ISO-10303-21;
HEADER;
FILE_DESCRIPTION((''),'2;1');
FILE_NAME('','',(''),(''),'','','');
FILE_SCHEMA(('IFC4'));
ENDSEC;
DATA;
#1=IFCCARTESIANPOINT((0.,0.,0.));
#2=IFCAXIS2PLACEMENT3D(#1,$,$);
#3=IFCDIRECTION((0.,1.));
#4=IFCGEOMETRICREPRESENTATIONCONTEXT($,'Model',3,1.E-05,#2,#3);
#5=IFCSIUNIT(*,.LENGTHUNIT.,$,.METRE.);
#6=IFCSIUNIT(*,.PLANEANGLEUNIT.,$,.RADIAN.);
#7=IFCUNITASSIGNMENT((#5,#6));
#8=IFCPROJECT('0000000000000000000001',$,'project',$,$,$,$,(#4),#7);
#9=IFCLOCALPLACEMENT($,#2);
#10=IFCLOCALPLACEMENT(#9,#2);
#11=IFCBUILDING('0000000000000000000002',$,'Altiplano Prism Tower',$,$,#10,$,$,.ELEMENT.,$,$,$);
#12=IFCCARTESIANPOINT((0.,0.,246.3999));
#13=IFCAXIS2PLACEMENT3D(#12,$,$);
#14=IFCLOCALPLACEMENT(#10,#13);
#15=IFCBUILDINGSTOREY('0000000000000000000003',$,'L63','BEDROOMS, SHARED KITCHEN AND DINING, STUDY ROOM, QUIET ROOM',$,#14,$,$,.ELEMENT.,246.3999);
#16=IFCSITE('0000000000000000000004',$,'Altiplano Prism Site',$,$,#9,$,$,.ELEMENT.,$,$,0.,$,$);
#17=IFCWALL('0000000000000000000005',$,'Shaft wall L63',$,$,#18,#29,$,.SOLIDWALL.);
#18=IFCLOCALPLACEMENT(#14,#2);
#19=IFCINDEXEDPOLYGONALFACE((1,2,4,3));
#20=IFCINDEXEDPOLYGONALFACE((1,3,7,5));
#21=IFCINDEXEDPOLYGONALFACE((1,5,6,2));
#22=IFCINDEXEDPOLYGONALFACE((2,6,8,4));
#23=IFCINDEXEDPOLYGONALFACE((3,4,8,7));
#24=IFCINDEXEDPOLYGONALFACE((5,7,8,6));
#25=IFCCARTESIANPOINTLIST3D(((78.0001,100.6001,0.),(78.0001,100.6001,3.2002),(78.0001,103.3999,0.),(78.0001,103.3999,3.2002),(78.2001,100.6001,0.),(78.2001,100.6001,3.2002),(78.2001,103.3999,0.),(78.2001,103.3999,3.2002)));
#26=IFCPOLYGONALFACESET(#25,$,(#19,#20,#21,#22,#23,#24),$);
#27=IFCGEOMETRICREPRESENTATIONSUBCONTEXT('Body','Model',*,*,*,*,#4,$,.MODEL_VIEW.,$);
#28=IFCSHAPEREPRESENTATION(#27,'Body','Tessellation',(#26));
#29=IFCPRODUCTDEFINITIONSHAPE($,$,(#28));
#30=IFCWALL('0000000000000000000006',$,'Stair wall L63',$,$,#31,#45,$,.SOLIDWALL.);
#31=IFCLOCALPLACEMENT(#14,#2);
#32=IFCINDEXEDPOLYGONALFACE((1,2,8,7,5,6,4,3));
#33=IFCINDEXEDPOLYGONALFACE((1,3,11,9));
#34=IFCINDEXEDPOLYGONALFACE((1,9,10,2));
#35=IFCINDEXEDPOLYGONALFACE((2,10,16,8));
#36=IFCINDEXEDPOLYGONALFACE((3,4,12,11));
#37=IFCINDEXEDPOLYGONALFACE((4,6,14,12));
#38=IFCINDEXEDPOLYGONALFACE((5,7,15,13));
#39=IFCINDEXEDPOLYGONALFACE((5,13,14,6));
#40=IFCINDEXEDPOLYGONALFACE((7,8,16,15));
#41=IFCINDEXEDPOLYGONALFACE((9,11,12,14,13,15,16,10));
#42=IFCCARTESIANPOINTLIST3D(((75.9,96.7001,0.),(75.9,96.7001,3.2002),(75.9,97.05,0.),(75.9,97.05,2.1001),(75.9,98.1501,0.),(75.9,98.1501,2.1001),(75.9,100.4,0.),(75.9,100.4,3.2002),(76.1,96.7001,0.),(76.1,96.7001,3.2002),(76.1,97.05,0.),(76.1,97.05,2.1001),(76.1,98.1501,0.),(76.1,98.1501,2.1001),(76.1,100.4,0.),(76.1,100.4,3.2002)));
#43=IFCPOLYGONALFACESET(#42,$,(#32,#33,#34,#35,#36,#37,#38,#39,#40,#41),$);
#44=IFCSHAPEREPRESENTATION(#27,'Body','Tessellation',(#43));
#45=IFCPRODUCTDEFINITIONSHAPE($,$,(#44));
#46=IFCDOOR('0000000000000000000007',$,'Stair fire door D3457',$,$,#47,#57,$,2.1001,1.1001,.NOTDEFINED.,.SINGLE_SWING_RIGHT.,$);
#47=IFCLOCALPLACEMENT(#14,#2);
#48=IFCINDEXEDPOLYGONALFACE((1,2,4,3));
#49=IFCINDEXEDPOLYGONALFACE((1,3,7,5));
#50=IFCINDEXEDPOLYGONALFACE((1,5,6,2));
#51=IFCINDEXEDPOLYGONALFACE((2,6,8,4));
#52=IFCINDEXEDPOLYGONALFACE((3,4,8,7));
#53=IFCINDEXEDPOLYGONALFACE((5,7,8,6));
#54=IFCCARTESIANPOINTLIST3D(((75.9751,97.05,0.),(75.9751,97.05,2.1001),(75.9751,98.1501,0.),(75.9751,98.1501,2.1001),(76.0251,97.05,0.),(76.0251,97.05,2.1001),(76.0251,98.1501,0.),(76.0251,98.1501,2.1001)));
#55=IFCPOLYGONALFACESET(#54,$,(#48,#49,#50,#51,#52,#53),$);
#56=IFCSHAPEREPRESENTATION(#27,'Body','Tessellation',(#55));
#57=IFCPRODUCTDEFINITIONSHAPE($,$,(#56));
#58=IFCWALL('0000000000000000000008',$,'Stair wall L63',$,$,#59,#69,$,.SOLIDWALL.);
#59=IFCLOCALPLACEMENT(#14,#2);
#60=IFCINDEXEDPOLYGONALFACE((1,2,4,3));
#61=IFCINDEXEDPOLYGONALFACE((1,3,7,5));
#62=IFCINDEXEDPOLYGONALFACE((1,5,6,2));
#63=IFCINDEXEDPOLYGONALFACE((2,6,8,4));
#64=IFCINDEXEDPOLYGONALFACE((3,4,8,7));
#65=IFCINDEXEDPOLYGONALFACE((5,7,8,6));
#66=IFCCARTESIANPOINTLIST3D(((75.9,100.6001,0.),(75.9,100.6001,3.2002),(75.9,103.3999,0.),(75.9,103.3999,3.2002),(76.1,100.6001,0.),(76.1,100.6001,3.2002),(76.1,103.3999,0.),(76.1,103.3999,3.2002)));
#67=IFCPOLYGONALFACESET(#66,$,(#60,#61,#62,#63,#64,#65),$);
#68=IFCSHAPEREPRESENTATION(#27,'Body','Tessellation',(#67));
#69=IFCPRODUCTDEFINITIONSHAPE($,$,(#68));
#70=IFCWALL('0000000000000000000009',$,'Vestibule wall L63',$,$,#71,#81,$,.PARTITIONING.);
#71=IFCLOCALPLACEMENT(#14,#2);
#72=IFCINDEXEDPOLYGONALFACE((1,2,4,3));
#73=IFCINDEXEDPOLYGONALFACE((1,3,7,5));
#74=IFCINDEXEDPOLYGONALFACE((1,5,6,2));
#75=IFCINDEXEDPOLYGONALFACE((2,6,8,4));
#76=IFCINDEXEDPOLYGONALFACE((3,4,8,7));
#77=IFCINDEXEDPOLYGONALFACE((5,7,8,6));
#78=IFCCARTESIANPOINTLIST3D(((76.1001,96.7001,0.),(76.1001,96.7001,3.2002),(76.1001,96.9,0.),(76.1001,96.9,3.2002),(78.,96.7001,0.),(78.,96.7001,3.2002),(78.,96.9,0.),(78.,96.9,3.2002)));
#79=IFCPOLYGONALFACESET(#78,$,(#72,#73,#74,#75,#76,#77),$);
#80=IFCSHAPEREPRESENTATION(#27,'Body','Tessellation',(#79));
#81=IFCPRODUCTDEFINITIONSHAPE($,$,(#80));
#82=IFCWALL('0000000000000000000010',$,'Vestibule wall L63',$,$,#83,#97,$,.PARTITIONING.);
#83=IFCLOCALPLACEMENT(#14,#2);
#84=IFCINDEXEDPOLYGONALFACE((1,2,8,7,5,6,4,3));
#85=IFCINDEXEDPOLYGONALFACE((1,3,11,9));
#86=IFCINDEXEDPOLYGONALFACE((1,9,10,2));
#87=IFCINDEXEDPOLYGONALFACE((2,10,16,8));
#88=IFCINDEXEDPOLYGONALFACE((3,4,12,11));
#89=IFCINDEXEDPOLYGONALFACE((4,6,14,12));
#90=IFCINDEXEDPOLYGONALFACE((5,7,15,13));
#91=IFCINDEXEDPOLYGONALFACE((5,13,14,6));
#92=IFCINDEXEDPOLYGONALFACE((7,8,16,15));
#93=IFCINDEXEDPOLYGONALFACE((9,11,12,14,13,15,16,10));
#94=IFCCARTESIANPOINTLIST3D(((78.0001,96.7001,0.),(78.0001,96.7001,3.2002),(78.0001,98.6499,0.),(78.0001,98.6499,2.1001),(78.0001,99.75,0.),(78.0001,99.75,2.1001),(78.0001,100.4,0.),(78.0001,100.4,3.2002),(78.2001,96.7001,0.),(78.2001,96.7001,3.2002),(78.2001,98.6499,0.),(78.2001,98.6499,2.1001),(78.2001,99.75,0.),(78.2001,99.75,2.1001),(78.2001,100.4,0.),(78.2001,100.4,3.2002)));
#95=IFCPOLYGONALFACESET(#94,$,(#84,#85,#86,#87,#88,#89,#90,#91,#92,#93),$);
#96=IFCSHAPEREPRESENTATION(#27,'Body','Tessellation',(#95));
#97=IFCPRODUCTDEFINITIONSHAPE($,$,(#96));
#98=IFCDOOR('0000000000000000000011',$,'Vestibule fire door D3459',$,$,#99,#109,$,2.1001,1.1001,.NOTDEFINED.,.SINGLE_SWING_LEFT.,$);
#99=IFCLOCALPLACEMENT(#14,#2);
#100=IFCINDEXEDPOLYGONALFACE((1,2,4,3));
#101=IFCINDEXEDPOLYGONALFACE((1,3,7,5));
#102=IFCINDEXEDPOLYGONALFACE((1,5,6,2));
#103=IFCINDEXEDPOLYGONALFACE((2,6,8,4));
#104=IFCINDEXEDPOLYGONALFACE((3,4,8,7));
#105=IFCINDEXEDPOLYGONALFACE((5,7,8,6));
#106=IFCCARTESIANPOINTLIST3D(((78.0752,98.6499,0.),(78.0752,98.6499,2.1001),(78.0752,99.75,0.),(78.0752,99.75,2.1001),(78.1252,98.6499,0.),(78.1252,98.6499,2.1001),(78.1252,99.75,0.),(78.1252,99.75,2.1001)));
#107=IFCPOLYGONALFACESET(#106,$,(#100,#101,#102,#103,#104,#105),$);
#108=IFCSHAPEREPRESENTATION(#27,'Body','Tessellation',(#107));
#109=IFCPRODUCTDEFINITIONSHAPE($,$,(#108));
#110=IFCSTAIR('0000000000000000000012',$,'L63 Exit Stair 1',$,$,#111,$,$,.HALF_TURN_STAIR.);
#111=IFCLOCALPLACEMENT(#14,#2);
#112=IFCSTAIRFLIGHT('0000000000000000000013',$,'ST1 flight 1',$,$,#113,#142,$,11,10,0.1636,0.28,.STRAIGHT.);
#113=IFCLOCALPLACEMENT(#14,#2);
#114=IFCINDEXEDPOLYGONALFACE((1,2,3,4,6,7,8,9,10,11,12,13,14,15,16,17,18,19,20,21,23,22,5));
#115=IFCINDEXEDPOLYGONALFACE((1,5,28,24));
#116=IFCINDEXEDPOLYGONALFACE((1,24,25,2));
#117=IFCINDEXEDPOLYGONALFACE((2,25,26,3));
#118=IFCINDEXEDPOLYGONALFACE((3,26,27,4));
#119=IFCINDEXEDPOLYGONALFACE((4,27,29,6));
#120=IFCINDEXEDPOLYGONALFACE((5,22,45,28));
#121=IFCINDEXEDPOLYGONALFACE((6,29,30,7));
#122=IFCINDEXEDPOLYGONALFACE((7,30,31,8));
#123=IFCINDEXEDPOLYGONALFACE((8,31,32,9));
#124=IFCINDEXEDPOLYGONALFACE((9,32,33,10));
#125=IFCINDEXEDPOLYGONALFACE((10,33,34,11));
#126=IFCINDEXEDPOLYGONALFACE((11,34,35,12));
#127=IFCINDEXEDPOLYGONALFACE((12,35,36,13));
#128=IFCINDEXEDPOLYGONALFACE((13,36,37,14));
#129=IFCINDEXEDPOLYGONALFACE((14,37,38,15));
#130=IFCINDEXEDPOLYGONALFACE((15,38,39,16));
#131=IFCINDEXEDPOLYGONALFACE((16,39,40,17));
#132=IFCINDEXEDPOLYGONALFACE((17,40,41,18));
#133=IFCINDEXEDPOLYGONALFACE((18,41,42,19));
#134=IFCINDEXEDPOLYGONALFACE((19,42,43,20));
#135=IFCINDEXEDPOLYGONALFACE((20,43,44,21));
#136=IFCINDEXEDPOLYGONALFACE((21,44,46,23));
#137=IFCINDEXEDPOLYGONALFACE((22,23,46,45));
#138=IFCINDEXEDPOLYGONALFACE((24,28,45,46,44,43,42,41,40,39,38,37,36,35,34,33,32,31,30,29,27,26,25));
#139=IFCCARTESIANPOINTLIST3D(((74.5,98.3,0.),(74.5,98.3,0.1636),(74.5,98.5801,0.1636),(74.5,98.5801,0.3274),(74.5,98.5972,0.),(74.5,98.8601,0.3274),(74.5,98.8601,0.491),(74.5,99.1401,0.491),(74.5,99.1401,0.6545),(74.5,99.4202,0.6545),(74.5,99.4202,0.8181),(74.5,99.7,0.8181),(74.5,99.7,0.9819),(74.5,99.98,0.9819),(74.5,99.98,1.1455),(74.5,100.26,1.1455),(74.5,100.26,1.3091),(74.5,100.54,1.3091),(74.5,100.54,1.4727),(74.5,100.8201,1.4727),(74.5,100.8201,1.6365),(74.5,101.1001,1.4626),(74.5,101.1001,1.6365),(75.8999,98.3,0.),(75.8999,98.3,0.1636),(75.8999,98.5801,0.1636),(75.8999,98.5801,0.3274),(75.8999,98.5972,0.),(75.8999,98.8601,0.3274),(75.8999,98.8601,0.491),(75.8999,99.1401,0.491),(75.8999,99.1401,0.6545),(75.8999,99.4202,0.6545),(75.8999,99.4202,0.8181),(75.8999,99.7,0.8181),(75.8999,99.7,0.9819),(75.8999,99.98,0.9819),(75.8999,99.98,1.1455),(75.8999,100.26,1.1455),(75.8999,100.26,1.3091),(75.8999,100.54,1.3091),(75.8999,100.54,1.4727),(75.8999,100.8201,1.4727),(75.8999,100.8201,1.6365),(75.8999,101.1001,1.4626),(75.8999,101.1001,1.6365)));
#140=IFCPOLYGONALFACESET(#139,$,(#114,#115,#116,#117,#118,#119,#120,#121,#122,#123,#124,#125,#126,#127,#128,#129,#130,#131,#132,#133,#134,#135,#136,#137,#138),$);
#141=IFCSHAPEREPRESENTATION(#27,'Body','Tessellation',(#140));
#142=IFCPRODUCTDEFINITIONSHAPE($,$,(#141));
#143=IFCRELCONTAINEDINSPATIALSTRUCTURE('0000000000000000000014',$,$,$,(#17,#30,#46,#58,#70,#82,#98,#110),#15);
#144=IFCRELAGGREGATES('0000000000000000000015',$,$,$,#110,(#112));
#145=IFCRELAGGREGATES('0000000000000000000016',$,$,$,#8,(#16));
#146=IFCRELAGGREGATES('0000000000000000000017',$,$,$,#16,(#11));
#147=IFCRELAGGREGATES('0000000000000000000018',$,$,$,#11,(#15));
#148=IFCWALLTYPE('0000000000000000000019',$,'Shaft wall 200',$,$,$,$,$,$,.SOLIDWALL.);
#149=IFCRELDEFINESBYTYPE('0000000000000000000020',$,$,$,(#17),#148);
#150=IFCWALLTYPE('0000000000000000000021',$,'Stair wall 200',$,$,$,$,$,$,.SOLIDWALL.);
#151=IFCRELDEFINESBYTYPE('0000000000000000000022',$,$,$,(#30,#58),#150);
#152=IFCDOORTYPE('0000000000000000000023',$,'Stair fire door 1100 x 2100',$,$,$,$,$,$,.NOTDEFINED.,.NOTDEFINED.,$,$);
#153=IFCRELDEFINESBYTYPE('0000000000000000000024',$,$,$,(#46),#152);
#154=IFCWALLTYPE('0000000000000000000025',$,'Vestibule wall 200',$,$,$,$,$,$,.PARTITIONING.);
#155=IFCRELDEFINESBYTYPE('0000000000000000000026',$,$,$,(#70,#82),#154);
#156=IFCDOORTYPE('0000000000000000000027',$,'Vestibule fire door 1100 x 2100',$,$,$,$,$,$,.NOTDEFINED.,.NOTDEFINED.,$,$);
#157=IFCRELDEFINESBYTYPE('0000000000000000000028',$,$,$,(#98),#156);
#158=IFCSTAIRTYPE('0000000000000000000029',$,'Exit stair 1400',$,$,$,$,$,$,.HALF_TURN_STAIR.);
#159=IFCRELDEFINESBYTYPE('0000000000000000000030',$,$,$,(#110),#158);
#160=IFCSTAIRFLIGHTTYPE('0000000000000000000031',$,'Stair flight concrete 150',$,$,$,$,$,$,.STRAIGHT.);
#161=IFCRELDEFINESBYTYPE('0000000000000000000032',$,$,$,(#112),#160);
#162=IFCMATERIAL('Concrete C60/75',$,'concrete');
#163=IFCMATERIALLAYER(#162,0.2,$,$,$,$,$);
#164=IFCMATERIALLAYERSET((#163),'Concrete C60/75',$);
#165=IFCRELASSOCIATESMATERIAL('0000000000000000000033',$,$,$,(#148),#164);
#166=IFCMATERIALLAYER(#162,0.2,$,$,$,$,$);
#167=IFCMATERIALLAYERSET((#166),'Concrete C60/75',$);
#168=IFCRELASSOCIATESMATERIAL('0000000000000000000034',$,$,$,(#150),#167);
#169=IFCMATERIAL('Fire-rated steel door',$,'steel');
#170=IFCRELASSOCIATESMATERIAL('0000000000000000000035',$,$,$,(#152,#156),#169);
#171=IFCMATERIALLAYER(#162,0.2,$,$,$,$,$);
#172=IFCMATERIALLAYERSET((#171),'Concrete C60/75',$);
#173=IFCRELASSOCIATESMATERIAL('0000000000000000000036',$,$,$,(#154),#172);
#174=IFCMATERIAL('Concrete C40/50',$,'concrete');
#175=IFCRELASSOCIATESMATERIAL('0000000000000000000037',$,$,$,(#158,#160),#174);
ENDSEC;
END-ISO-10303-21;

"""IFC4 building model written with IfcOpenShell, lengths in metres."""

from ifc_helpers import new_model, si_unit, direction, frame, frame_2d, origin, place, context, subcontext, project, spatial, polyline, rectangle, outline, extrude, material, layer, layer_set, type_object, element, fill, aggregate, save


model = new_model("IFC4")

# Units and contexts
model_context = context("Model", 3, precision=1e-05, world=origin(), true_north=direction((0.0, 1.0)))
body_context = subcontext(model_context, "Body", "Model", "MODEL_VIEW")
ifc_project = project(units=[si_unit("LENGTHUNIT", "METRE"), si_unit("PLANEANGLEUNIT", "RADIAN")], contexts=[model_context])

# Site, building, storey
site_placement = place(None, origin())
site = spatial("IfcSite", under=ifc_project, at=site_placement, Name="Altiplano Prism Site", CompositionType="ELEMENT", RefElevation=0.0)
building_placement = place(site_placement, origin())
building = spatial("IfcBuilding", under=site, at=building_placement, Name="Altiplano Prism Tower", CompositionType="ELEMENT")
storey_placement = place(building_placement, frame((0.0, 0.0, 246.3999)))
storey = spatial("IfcBuildingStorey", under=building, at=storey_placement, Name="L63", Description="BEDROOMS, SHARED KITCHEN AND DINING, STUDY ROOM, QUIET ROOM", CompositionType="ELEMENT", Elevation=246.3999)

# Wall
ifc_material_1 = material(Name="Concrete C60/75", Category="concrete")
ifc_layer_1 = layer(ifc_material_1, 0.2)
ifc_layer_set_1 = layer_set([ifc_layer_1], Name="Concrete C60/75")
wall_type_1 = type_object("IfcWallType", Name="Shaft wall 200", PredefinedType="SOLIDWALL", material=ifc_layer_set_1)
wall_1_placement = place(storey_placement, frame((78.1001, 100.6001, 0.0), z_axis=(0.0, 0.0, 1.0), x_axis=(0.0, 1.0, 0.0)))
element("IfcWall", 1, at=wall_1_placement, inside=storey, type_object=wall_type_1, Name="Shaft wall L63", PredefinedType="SOLIDWALL", context=body_context, shape_type="SweptSolid", body=[
    extrude(rectangle(XDim=2.7998, YDim=0.2, at=frame_2d((1.3999, 0.0))), origin(), (0.0, 0.0, 1.0), 3.2002),
])

# Wall, opening, door
ifc_layer_2 = layer(ifc_material_1, 0.2)
ifc_layer_set_2 = layer_set([ifc_layer_2], Name="Concrete C60/75")
wall_type_2 = type_object("IfcWallType", Name="Stair wall 200", PredefinedType="SOLIDWALL", material=ifc_layer_set_2)
wall_2_placement = place(storey_placement, frame((76.0, 96.7, 0.0), z_axis=(0.0, 0.0, 1.0), x_axis=(0.0, 1.0, 0.0)))
wall_2 = element("IfcWall", 2, at=wall_2_placement, inside=storey, type_object=wall_type_2, Name="Stair wall L63", PredefinedType="SOLIDWALL", context=body_context, shape_type="SweptSolid", body=[
    extrude(rectangle(XDim=3.7, YDim=0.2, at=frame_2d((1.8501, 0.0))), origin(), (0.0, 0.0, 1.0), 3.2002),
])
opening_1_placement = place(wall_2_placement, frame((0.3501, 0.0, 0.0)))
opening_1 = element("IfcOpeningElement", 3, at=opening_1_placement, cuts=wall_2, PredefinedType="OPENING", context=body_context, shape_type="SweptSolid", body=[
    extrude(rectangle(XDim=1.1001, YDim=2.1001, at=frame_2d((0.55, 1.05))), frame((0.0, 0.1104, 0.0), z_axis=(0.0, -1.0, 0.0), x_axis=(1.0, 0.0, 0.0)), (0.0, 0.0, 1.0), 0.2209),
])
ifc_material_2 = material(Name="Fire-rated steel door", Category="steel")
door_type_1 = type_object("IfcDoorType", Name="Stair fire door 1100 x 2100", OperationType="NOTDEFINED", PredefinedType="NOTDEFINED", material=ifc_material_2)
door_1_placement = place(opening_1_placement, origin())
door_1 = element("IfcDoor", 4, at=door_1_placement, inside=storey, type_object=door_type_1, Name="Stair fire door D3457", OperationType="SINGLE_SWING_RIGHT", OverallHeight=2.1001, OverallWidth=1.1001, PredefinedType="NOTDEFINED", context=body_context, shape_type="SweptSolid", body=[
    extrude(rectangle(XDim=1.1001, YDim=2.1001, at=frame_2d((0.55, 1.05))), frame((0.0, 0.0249, 0.0), z_axis=(0.0, -1.0, 0.0), x_axis=(1.0, 0.0, 0.0)), (0.0, 0.0, 1.0), 0.05),
])
fill(opening_1, door_1)

# Walls
wall_3_placement = place(storey_placement, frame((76.0, 100.6001, 0.0), z_axis=(0.0, 0.0, 1.0), x_axis=(0.0, 1.0, 0.0)))
element("IfcWall", 5, at=wall_3_placement, inside=storey, type_object=wall_type_2, Name="Stair wall L63", PredefinedType="SOLIDWALL", context=body_context, shape_type="SweptSolid", body=[
    extrude(rectangle(XDim=2.7998, YDim=0.2, at=frame_2d((1.3999, 0.0))), origin(), (0.0, 0.0, 1.0), 3.2002),
])
ifc_layer_3 = layer(ifc_material_1, 0.2)
ifc_layer_set_3 = layer_set([ifc_layer_3], Name="Concrete C60/75")
wall_type_3 = type_object("IfcWallType", Name="Vestibule wall 200", PredefinedType="PARTITIONING", material=ifc_layer_set_3)
wall_4_placement = place(storey_placement, frame((76.1001, 96.8, 0.0), z_axis=(0.0, 0.0, 1.0), x_axis=(1.0, 0.0, 0.0)))
element("IfcWall", 6, at=wall_4_placement, inside=storey, type_object=wall_type_3, Name="Vestibule wall L63", PredefinedType="PARTITIONING", context=body_context, shape_type="SweptSolid", body=[
    extrude(rectangle(XDim=1.8999, YDim=0.2, at=frame_2d((0.95, 0.0))), origin(), (0.0, 0.0, 1.0), 3.2002),
])

# Wall, opening, door
wall_5_placement = place(storey_placement, frame((78.1001, 96.7, 0.0), z_axis=(0.0, 0.0, 1.0), x_axis=(0.0, 1.0, 0.0)))
wall_5 = element("IfcWall", 7, at=wall_5_placement, inside=storey, type_object=wall_type_3, Name="Vestibule wall L63", PredefinedType="PARTITIONING", context=body_context, shape_type="SweptSolid", body=[
    extrude(rectangle(XDim=3.7, YDim=0.2, at=frame_2d((1.8501, 0.0))), origin(), (0.0, 0.0, 1.0), 3.2002),
])
opening_2_placement = place(wall_5_placement, frame((1.95, 0.0, 0.0)))
opening_2 = element("IfcOpeningElement", 8, at=opening_2_placement, cuts=wall_5, PredefinedType="OPENING", context=body_context, shape_type="SweptSolid", body=[
    extrude(rectangle(XDim=1.1001, YDim=2.1001, at=frame_2d((0.55, 1.05))), frame((0.0, 0.1104, 0.0), z_axis=(0.0, -1.0, 0.0), x_axis=(1.0, 0.0, 0.0)), (0.0, 0.0, 1.0), 0.2209),
])
door_type_2 = type_object("IfcDoorType", Name="Vestibule fire door 1100 x 2100", OperationType="NOTDEFINED", PredefinedType="NOTDEFINED", material=ifc_material_2)
door_2_placement = place(opening_2_placement, origin())
door_2 = element("IfcDoor", 9, at=door_2_placement, inside=storey, type_object=door_type_2, Name="Vestibule fire door D3459", OperationType="SINGLE_SWING_LEFT", OverallHeight=2.1001, OverallWidth=1.1001, PredefinedType="NOTDEFINED", context=body_context, shape_type="SweptSolid", body=[
    extrude(rectangle(XDim=1.1001, YDim=2.1001, at=frame_2d((0.55, 1.05))), frame((0.0, 0.0249, 0.0), z_axis=(0.0, -1.0, 0.0), x_axis=(1.0, 0.0, 0.0)), (0.0, 0.0, 1.0), 0.05),
])
fill(opening_2, door_2)

# Stair, stair flight
ifc_material_3 = material(Name="Concrete C40/50", Category="concrete")
stair_type = type_object("IfcStairType", Name="Exit stair 1400", PredefinedType="HALF_TURN_STAIR", material=ifc_material_3)
stair_placement = place(storey_placement, origin())
stair = element("IfcStair", 10, at=stair_placement, inside=storey, type_object=stair_type, Name="L63 Exit Stair 1", PredefinedType="HALF_TURN_STAIR")
stair_flight_type = type_object("IfcStairFlightType", Name="Stair flight concrete 150", PredefinedType="STRAIGHT", material=ifc_material_3)
stair_flight_placement = place(storey_placement, frame((75.2, 98.3, 0.0), z_axis=(0.0, 0.0, 1.0), x_axis=(0.0, 1.0, 0.0)))
stair_flight = element("IfcStairFlight", 11, at=stair_flight_placement, type_object=stair_flight_type, Name="ST1 flight 1", NumberOfRisers=11, NumberOfTreads=10, PredefinedType="STRAIGHT", RiserHeight=0.1636, TreadLength=0.28, context=body_context, shape_type="SweptSolid", body=[
    extrude(outline(polyline([(0.0, 0.0), (0.0, 0.1636), (0.28, 0.1636), (0.28, 0.3274), (0.5601, 0.3274), (0.5601, 0.491), (0.8401, 0.491), (0.8401, 0.6545), (1.1201, 0.6545), (1.1201, 0.8181), (1.3999, 0.8181), (1.3999, 0.9819), (1.6799, 0.9819), (1.6799, 1.1455), (1.96, 1.1455), (1.96, 1.3091), (2.24, 1.3091), (2.24, 1.4727), (2.52, 1.4727), (2.52, 1.6365), (2.8, 1.6365), (2.8, 1.8), (2.8, 1.4626), (0.2971, 0.0), (0.0, 0.0)])), frame((0.0, 0.7, 0.0), z_axis=(0.0, -1.0, 0.0), x_axis=(1.0, 0.0, 0.0)), (0.0, 0.0, 1.0), 1.3999),
])
aggregate(stair, [stair_flight])

save(model, "model.ifc")
